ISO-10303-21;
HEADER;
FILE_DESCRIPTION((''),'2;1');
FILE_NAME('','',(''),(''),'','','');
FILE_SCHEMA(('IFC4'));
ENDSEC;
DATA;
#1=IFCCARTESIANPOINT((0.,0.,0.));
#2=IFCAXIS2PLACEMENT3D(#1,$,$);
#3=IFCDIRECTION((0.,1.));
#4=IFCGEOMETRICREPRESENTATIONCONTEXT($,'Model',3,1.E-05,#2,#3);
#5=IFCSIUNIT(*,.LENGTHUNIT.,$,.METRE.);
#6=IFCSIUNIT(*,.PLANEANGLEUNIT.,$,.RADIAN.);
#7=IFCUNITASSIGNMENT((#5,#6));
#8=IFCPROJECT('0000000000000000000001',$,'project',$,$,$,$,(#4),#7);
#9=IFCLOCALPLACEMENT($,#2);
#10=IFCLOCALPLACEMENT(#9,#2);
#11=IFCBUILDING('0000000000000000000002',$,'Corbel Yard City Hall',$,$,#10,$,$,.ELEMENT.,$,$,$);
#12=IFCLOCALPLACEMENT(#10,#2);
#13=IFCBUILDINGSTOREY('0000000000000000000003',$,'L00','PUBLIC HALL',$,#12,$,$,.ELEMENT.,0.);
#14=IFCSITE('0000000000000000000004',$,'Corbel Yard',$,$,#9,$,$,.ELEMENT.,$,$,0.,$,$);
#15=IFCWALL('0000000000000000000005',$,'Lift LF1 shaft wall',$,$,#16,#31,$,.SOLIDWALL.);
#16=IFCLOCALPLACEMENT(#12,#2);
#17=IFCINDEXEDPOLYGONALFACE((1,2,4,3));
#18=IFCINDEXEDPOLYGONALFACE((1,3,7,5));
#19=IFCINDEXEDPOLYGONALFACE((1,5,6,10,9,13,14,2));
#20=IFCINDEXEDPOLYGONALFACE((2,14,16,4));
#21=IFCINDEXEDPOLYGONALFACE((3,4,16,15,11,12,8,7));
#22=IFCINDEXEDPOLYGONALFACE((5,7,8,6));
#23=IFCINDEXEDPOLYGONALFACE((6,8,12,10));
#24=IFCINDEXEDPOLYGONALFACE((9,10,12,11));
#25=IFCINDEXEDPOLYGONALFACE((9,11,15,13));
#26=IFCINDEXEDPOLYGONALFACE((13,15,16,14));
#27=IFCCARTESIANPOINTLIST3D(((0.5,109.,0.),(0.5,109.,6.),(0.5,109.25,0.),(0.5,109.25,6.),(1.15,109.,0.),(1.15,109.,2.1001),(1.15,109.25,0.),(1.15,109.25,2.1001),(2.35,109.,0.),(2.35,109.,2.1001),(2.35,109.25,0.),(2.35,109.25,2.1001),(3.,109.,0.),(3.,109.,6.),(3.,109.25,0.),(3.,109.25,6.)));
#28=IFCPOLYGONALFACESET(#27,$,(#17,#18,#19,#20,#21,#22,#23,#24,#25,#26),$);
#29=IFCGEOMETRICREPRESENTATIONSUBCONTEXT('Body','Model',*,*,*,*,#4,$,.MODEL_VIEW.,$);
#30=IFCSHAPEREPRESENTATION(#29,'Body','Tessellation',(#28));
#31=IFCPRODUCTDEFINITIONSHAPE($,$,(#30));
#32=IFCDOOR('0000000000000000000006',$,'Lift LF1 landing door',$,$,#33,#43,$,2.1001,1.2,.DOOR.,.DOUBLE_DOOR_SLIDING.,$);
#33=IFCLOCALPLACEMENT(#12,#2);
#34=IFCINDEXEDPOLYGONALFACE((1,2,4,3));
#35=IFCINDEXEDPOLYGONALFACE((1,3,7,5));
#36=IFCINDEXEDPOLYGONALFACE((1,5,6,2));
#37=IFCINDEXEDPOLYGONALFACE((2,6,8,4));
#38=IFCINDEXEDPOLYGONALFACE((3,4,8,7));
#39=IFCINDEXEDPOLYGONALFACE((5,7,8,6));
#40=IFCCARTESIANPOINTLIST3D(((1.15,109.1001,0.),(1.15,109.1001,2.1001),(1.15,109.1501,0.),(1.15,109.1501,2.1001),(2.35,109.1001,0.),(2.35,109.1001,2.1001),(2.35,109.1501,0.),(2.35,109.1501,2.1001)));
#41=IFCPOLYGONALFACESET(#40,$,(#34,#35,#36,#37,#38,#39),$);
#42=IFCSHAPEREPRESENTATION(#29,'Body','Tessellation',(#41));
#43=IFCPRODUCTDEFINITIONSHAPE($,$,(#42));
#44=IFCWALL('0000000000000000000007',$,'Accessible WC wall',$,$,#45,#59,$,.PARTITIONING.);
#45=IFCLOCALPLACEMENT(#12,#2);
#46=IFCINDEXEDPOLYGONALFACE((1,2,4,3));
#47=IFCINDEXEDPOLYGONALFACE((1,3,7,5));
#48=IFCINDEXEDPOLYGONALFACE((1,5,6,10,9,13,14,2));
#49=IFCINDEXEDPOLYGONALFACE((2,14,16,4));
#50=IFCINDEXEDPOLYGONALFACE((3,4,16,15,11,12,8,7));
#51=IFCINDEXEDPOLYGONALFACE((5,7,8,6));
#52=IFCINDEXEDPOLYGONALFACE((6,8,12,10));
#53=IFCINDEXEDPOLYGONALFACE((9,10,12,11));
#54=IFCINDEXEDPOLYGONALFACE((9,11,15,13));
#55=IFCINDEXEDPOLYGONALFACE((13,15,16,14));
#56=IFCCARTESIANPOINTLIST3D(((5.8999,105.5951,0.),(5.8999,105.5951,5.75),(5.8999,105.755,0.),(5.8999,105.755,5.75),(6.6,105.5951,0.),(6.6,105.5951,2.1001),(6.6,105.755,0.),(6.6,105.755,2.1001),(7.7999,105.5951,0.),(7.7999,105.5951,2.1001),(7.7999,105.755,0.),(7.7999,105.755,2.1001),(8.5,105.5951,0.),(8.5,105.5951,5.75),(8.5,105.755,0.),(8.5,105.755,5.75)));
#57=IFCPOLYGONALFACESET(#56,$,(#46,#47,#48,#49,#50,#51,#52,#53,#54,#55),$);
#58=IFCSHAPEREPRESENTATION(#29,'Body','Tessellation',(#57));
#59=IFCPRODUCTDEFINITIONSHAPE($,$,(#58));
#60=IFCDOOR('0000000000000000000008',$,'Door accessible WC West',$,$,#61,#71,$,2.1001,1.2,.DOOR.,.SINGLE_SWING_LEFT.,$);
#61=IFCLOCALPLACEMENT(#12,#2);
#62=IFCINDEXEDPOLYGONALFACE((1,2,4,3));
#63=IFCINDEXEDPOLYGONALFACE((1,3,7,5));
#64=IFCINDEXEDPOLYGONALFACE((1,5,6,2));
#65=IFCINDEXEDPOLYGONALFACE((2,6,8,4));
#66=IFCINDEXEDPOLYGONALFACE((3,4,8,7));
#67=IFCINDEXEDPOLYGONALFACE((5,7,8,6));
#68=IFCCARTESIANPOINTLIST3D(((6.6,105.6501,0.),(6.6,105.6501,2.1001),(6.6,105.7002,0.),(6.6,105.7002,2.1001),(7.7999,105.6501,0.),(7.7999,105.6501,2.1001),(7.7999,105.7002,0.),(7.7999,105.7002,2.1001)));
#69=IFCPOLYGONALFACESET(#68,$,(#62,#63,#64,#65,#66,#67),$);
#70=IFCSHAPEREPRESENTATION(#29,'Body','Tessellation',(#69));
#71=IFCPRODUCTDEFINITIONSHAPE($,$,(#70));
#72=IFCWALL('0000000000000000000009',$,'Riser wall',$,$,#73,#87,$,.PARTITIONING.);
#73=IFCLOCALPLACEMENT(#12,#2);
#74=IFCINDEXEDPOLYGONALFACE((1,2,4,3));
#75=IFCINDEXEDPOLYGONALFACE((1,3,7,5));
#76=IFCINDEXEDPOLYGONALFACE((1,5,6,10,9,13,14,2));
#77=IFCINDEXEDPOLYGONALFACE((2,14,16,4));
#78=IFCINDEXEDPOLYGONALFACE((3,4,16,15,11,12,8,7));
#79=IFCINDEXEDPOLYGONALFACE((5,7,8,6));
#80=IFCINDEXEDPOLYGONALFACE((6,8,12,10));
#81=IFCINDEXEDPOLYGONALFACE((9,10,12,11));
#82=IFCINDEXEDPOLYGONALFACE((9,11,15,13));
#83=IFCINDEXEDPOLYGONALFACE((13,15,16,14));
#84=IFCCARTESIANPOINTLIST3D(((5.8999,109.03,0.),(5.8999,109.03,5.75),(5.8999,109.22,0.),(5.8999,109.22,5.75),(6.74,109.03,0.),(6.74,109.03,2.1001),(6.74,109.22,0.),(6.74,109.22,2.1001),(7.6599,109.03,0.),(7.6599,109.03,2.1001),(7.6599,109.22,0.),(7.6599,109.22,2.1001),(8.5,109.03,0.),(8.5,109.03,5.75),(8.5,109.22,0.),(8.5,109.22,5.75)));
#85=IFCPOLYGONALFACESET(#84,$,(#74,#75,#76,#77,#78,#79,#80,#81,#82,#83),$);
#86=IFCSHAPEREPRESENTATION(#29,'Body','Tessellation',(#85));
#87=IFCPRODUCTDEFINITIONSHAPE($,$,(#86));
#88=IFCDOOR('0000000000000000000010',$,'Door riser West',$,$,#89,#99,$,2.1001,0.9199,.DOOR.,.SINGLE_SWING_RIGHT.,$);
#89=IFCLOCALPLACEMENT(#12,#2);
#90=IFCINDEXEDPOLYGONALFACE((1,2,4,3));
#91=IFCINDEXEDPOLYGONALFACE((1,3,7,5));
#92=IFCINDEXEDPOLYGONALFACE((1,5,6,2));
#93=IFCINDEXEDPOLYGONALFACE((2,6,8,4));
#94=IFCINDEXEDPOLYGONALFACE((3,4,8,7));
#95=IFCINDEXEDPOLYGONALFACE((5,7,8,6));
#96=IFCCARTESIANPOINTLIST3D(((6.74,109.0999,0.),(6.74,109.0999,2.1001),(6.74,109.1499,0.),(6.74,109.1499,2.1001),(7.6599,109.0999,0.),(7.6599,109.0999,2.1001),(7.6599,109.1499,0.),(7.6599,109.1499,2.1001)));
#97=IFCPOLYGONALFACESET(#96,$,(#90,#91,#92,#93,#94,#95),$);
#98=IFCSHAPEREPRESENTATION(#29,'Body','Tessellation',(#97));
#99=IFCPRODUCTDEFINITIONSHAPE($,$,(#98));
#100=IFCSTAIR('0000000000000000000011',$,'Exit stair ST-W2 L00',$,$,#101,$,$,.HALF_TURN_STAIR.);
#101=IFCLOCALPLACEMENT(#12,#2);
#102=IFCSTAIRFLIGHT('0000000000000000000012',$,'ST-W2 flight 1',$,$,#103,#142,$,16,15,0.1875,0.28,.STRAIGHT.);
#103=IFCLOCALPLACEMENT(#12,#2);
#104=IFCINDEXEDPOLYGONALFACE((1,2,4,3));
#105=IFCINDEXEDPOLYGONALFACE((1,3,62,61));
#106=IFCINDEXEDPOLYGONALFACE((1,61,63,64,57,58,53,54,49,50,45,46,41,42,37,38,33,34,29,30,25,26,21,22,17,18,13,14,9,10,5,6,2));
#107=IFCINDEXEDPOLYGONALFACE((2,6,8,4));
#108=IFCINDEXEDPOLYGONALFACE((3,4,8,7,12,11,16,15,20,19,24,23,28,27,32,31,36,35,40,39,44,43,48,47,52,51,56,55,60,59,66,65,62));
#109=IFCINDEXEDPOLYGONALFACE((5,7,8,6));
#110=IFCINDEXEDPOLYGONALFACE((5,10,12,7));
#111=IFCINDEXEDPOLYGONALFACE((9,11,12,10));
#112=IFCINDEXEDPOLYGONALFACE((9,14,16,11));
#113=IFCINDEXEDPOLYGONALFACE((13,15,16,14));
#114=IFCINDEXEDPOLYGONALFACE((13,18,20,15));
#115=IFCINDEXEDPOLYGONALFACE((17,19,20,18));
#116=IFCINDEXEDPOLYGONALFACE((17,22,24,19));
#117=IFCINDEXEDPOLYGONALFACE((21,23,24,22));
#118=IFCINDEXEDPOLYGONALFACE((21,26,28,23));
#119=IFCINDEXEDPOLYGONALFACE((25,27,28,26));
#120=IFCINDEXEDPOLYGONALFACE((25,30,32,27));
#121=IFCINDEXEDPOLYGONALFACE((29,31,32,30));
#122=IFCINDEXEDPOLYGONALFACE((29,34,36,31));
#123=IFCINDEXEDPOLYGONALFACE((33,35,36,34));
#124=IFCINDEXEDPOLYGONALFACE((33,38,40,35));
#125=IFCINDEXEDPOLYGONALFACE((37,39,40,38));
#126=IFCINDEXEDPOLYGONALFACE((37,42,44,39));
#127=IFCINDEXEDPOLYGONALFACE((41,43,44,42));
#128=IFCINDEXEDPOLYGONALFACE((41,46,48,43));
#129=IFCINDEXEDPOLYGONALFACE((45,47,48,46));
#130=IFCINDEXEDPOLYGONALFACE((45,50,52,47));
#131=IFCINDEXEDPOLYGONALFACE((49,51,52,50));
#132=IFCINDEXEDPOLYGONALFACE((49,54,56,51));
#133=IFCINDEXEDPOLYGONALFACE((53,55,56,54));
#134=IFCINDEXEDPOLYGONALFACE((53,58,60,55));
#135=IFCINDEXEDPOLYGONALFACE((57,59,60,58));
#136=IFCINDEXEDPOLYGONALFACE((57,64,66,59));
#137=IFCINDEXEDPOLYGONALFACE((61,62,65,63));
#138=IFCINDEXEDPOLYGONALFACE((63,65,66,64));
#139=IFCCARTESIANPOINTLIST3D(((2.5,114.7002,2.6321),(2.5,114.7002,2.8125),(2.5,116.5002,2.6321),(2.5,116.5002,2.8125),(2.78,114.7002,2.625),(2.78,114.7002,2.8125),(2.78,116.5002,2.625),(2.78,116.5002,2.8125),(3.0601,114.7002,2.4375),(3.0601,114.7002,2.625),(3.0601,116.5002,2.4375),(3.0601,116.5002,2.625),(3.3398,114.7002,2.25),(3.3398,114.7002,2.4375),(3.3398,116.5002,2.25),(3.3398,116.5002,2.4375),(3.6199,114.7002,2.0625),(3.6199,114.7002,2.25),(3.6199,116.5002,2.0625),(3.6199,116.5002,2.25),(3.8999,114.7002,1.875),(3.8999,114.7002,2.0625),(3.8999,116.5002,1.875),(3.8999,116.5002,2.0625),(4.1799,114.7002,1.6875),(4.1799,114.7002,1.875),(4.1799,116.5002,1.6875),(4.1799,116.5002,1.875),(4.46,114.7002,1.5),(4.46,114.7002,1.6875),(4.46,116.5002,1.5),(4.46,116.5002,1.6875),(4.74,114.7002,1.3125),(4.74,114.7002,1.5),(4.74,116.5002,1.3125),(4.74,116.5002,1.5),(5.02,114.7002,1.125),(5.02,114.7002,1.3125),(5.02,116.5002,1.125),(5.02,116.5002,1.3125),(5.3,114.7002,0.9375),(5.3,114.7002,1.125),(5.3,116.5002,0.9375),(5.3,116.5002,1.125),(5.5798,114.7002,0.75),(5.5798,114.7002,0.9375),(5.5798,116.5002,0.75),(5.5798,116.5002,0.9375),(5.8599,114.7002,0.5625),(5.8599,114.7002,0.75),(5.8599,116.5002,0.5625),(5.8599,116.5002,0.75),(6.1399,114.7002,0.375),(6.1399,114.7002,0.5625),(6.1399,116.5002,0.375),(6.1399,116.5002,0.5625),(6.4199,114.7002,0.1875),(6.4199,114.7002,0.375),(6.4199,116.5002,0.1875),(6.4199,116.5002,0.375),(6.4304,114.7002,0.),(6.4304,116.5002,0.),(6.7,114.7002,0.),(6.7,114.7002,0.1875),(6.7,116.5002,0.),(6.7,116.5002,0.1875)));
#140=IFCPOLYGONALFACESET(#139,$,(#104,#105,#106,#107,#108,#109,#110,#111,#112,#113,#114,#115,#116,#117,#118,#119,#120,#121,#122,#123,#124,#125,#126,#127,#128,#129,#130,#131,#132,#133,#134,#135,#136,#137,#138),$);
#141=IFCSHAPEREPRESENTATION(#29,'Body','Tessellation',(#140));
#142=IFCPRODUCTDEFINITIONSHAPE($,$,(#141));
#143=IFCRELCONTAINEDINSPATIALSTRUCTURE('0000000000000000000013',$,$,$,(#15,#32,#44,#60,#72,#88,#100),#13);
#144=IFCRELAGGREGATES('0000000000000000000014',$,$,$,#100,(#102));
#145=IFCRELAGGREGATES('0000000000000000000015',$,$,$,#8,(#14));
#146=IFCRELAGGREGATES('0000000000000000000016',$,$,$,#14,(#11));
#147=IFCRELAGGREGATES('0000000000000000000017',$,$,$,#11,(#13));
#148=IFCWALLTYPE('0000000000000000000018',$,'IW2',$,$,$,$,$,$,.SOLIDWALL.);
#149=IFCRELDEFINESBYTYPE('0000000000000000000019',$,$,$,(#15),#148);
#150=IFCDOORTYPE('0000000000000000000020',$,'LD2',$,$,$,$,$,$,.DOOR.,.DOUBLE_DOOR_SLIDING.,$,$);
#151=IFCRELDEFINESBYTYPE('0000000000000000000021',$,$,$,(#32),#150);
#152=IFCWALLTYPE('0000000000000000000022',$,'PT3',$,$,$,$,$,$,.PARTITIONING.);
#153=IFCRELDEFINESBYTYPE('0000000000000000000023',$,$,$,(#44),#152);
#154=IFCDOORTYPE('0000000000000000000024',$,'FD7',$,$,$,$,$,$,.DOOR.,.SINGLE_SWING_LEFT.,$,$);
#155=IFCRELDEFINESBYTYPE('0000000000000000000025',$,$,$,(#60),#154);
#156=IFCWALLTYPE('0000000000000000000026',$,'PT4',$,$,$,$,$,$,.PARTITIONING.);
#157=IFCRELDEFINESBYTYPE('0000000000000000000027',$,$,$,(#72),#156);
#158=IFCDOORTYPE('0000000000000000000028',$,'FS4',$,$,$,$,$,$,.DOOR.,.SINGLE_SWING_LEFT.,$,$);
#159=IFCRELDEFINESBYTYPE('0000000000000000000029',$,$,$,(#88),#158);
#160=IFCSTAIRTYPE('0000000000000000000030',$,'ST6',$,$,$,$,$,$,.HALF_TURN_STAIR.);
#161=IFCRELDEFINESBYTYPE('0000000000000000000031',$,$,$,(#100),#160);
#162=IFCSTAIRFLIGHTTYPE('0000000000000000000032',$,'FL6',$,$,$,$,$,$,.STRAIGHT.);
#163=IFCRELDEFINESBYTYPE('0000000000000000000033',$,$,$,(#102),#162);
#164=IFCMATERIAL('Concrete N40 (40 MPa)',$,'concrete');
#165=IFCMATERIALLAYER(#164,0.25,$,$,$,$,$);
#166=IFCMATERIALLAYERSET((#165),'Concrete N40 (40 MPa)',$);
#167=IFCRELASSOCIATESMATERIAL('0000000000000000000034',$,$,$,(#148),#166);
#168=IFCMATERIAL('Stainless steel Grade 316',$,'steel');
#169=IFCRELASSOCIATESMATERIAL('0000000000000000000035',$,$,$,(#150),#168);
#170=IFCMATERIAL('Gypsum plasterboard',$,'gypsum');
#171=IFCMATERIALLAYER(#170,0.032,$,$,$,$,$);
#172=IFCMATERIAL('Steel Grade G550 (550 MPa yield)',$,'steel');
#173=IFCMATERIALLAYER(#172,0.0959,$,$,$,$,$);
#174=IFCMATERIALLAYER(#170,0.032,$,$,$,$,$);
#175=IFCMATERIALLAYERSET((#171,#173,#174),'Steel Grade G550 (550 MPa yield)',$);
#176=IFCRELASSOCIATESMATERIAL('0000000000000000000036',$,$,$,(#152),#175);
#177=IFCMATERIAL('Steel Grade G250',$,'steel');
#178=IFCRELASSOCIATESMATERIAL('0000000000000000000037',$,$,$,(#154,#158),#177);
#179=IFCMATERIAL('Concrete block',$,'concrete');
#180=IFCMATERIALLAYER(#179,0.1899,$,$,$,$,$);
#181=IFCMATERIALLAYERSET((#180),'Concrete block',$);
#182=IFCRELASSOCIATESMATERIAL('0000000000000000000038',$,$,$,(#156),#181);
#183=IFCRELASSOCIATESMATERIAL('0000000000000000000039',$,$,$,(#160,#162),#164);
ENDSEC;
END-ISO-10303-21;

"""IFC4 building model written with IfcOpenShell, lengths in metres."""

from ifc_helpers import new_model, si_unit, direction, frame, frame_2d, origin, place, context, subcontext, project, spatial, polyline, rectangle, outline, extrude, material, layer, layer_set, type_object, element, fill, aggregate, save


model = new_model("IFC4")

# Units and contexts
model_context = context("Model", 3, precision=1e-05, world=origin(), true_north=direction((0.0, 1.0)))
body_context = subcontext(model_context, "Body", "Model", "MODEL_VIEW")
ifc_project = project(units=[si_unit("LENGTHUNIT", "METRE"), si_unit("PLANEANGLEUNIT", "RADIAN")], contexts=[model_context])

# Site, building, storey
site_placement = place(None, origin())
site = spatial("IfcSite", under=ifc_project, at=site_placement, Name="Corbel Yard", CompositionType="ELEMENT", RefElevation=0.0)
building_placement = place(site_placement, origin())
building = spatial("IfcBuilding", under=site, at=building_placement, Name="Corbel Yard City Hall", CompositionType="ELEMENT")
storey_placement = place(building_placement, origin())
storey = spatial("IfcBuildingStorey", under=building, at=storey_placement, Name="L00", Description="PUBLIC HALL", CompositionType="ELEMENT", Elevation=0.0)

# Shared definitions
ifc_material_1 = material(Name="Concrete N40 (40 MPa)", Category="concrete")

# Shared definitions
ifc_layer_1 = layer(ifc_material_1, 0.25)
ifc_layer_set_1 = layer_set([ifc_layer_1], Name="Concrete N40 (40 MPa)")
wall_type_1 = type_object("IfcWallType", Name="IW2", PredefinedType="SOLIDWALL", material=ifc_layer_set_1)

# Shared definitions
ifc_material_2 = material(Name="Stainless steel Grade 316", Category="steel")

# Walls, openings, doors
wall_1_placement = place(storey_placement, frame((3.0, 109.125, 0.0), z_axis=(0.0, 0.0, 1.0), x_axis=(-1.0, 0.0, 0.0)))
wall_1 = element("IfcWall", 1, at=wall_1_placement, inside=storey, type_object=wall_type_1, Name="Lift LF1 shaft wall", PredefinedType="SOLIDWALL", context=body_context, shape_type="SweptSolid", body=[
    extrude(rectangle(XDim=2.5, YDim=0.25, at=frame_2d((1.25, 0.0))), origin(), (0.0, 0.0, 1.0), 6.0),
])
opening_1_placement = place(wall_1_placement, frame((0.6499, 0.0, 0.0)))
opening_1 = element("IfcOpeningElement", 2, at=opening_1_placement, cuts=wall_1, PredefinedType="OPENING", context=body_context, shape_type="SweptSolid", body=[
    extrude(rectangle(XDim=1.2, YDim=2.1001, at=frame_2d((0.6001, 1.05))), frame((0.0, 0.135, 0.0), z_axis=(0.0, -1.0, 0.0), x_axis=(1.0, 0.0, 0.0)), (0.0, 0.0, 1.0), 0.27),
])
door_type_1 = type_object("IfcDoorType", Name="LD2", OperationType="DOUBLE_DOOR_SLIDING", PredefinedType="DOOR", material=ifc_material_2)
door_1_placement = place(opening_1_placement, origin())
door_1 = element("IfcDoor", 3, at=door_1_placement, inside=storey, type_object=door_type_1, Name="Lift LF1 landing door", OperationType="DOUBLE_DOOR_SLIDING", OverallHeight=2.1001, OverallWidth=1.2, PredefinedType="DOOR", context=body_context, shape_type="SweptSolid", body=[
    extrude(rectangle(XDim=1.2, YDim=2.1001, at=frame_2d((0.6001, 1.05))), frame((0.0, 0.0249, 0.0), z_axis=(0.0, -1.0, 0.0), x_axis=(1.0, 0.0, 0.0)), (0.0, 0.0, 1.0), 0.05),
])
fill(opening_1, door_1)
ifc_material_3 = material(Name="Gypsum plasterboard", Category="gypsum")
ifc_layer_2 = layer(ifc_material_3, 0.032)
ifc_material_4 = material(Name="Steel Grade G550 (550 MPa yield)", Category="steel")
ifc_layer_3 = layer(ifc_material_4, 0.0959)
ifc_layer_4 = layer(ifc_material_3, 0.032)
ifc_layer_set_2 = layer_set([ifc_layer_2, ifc_layer_3, ifc_layer_4], Name="Steel Grade G550 (550 MPa yield)")
wall_type_2 = type_object("IfcWallType", Name="PT3", PredefinedType="PARTITIONING", material=ifc_layer_set_2)
wall_2_placement = place(storey_placement, frame((8.5, 105.675, 0.0), z_axis=(0.0, 0.0, 1.0), x_axis=(-1.0, 0.0, 0.0)))
wall_2 = element("IfcWall", 4, at=wall_2_placement, inside=storey, type_object=wall_type_2, Name="Accessible WC wall", PredefinedType="PARTITIONING", context=body_context, shape_type="SweptSolid", body=[
    extrude(rectangle(XDim=2.6001, YDim=0.1599, at=frame_2d((1.3, 0.0))), origin(), (0.0, 0.0, 1.0), 5.75),
])
opening_2_placement = place(wall_2_placement, frame((0.7, 0.0, 0.0)))
opening_2 = element("IfcOpeningElement", 5, at=opening_2_placement, cuts=wall_2, PredefinedType="OPENING", context=body_context, shape_type="SweptSolid", body=[
    extrude(rectangle(XDim=1.2, YDim=2.1001, at=frame_2d((0.6001, 1.05))), frame((0.0, 0.0898, 0.0), z_axis=(0.0, -1.0, 0.0), x_axis=(1.0, 0.0, 0.0)), (0.0, 0.0, 1.0), 0.1799),
])
ifc_material_5 = material(Name="Steel Grade G250", Category="steel")
door_type_2 = type_object("IfcDoorType", Name="FD7", OperationType="SINGLE_SWING_LEFT", PredefinedType="DOOR", material=ifc_material_5)
door_2_placement = place(opening_2_placement, origin())
door_2 = element("IfcDoor", 6, at=door_2_placement, inside=storey, type_object=door_type_2, Name="Door accessible WC West", OperationType="SINGLE_SWING_LEFT", OverallHeight=2.1001, OverallWidth=1.2, PredefinedType="DOOR", context=body_context, shape_type="SweptSolid", body=[
    extrude(rectangle(XDim=1.2, YDim=2.1001, at=frame_2d((0.6001, 1.05))), frame((0.0, 0.0249, 0.0), z_axis=(0.0, -1.0, 0.0), x_axis=(1.0, 0.0, 0.0)), (0.0, 0.0, 1.0), 0.05),
])
fill(opening_2, door_2)
ifc_material_6 = material(Name="Concrete block", Category="concrete")
ifc_layer_5 = layer(ifc_material_6, 0.1899)
ifc_layer_set_3 = layer_set([ifc_layer_5], Name="Concrete block")
wall_type_3 = type_object("IfcWallType", Name="PT4", PredefinedType="PARTITIONING", material=ifc_layer_set_3)
wall_3_placement = place(storey_placement, frame((8.5, 109.125, 0.0), z_axis=(0.0, 0.0, 1.0), x_axis=(-1.0, 0.0, 0.0)))
wall_3 = element("IfcWall", 7, at=wall_3_placement, inside=storey, type_object=wall_type_3, Name="Riser wall", PredefinedType="PARTITIONING", context=body_context, shape_type="SweptSolid", body=[
    extrude(rectangle(XDim=2.6001, YDim=0.1899, at=frame_2d((1.3, 0.0))), origin(), (0.0, 0.0, 1.0), 5.75),
])
opening_3_placement = place(wall_3_placement, frame((0.8401, 0.0, 0.0)))
opening_3 = element("IfcOpeningElement", 8, at=opening_3_placement, cuts=wall_3, PredefinedType="OPENING", context=body_context, shape_type="SweptSolid", body=[
    extrude(rectangle(XDim=0.9199, YDim=2.1001, at=frame_2d((0.46, 1.05))), frame((0.0, 0.105, 0.0), z_axis=(0.0, -1.0, 0.0), x_axis=(1.0, 0.0, 0.0)), (0.0, 0.0, 1.0), 0.21),
])
door_type_3 = type_object("IfcDoorType", Name="FS4", OperationType="SINGLE_SWING_LEFT", PredefinedType="DOOR", material=ifc_material_5)
door_3_placement = place(opening_3_placement, frame((0.9199, 0.0, 0.0), z_axis=(0.0, 0.0, 1.0), x_axis=(-1.0, 0.0, 0.0)))
door_3 = element("IfcDoor", 9, at=door_3_placement, inside=storey, type_object=door_type_3, Name="Door riser West", OperationType="SINGLE_SWING_RIGHT", OverallHeight=2.1001, OverallWidth=0.9199, PredefinedType="DOOR", context=body_context, shape_type="SweptSolid", body=[
    extrude(rectangle(XDim=0.9199, YDim=2.1001, at=frame_2d((0.46, 1.05))), frame((0.0, 0.0249, 0.0), z_axis=(0.0, -1.0, 0.0), x_axis=(1.0, 0.0, 0.0)), (0.0, 0.0, 1.0), 0.05),
])
fill(opening_3, door_3)

# Stair, stair flight
stair_type = type_object("IfcStairType", Name="ST6", PredefinedType="HALF_TURN_STAIR", material=ifc_material_1)
stair_placement = place(storey_placement, origin())
stair = element("IfcStair", 10, at=stair_placement, inside=storey, type_object=stair_type, Name="Exit stair ST-W2 L00", PredefinedType="HALF_TURN_STAIR")
stair_flight_type = type_object("IfcStairFlightType", Name="FL6", PredefinedType="STRAIGHT", material=ifc_material_1)
stair_flight_1_placement = place(storey_placement, frame((6.7, 115.6001, 0.0), z_axis=(0.0, 0.0, 1.0), x_axis=(-1.0, 0.0, 0.0)))
stair_flight_1 = element("IfcStairFlight", 11, at=stair_flight_1_placement, type_object=stair_flight_type, Name="ST-W2 flight 1", NumberOfRisers=16, NumberOfTreads=15, PredefinedType="STRAIGHT", RiserHeight=0.1875, TreadLength=0.28, context=body_context, shape_type="SweptSolid", body=[
    extrude(outline(polyline([(0.0, 0.0), (0.0, 0.1875), (0.28, 0.1875), (0.28, 0.375), (0.5601, 0.375), (0.5601, 0.5625), (0.8401, 0.5625), (0.8401, 0.75), (1.1201, 0.75), (1.1201, 0.9375), (1.3999, 0.9375), (1.3999, 1.125), (1.6799, 1.125), (1.6799, 1.3125), (1.96, 1.3125), (1.96, 1.5), (2.24, 1.5), (2.24, 1.6875), (2.52, 1.6875), (2.52, 1.875), (2.8, 1.875), (2.8, 2.0625), (3.0801, 2.0625), (3.0801, 2.25), (3.3601, 2.25), (3.3601, 2.4375), (3.6399, 2.4375), (3.6399, 2.625), (3.9199, 2.625), (3.9199, 2.8125), (4.2, 2.8125), (4.2, 3.0), (4.2, 2.6321), (0.2695, 0.0), (0.0, 0.0)])), frame((0.0, 0.8999, 0.0), z_axis=(0.0, -1.0, 0.0), x_axis=(1.0, 0.0, 0.0)), (0.0, 0.0, 1.0), 1.8),
])
aggregate(stair, [stair_flight_1])

save(model, "model.ifc")
